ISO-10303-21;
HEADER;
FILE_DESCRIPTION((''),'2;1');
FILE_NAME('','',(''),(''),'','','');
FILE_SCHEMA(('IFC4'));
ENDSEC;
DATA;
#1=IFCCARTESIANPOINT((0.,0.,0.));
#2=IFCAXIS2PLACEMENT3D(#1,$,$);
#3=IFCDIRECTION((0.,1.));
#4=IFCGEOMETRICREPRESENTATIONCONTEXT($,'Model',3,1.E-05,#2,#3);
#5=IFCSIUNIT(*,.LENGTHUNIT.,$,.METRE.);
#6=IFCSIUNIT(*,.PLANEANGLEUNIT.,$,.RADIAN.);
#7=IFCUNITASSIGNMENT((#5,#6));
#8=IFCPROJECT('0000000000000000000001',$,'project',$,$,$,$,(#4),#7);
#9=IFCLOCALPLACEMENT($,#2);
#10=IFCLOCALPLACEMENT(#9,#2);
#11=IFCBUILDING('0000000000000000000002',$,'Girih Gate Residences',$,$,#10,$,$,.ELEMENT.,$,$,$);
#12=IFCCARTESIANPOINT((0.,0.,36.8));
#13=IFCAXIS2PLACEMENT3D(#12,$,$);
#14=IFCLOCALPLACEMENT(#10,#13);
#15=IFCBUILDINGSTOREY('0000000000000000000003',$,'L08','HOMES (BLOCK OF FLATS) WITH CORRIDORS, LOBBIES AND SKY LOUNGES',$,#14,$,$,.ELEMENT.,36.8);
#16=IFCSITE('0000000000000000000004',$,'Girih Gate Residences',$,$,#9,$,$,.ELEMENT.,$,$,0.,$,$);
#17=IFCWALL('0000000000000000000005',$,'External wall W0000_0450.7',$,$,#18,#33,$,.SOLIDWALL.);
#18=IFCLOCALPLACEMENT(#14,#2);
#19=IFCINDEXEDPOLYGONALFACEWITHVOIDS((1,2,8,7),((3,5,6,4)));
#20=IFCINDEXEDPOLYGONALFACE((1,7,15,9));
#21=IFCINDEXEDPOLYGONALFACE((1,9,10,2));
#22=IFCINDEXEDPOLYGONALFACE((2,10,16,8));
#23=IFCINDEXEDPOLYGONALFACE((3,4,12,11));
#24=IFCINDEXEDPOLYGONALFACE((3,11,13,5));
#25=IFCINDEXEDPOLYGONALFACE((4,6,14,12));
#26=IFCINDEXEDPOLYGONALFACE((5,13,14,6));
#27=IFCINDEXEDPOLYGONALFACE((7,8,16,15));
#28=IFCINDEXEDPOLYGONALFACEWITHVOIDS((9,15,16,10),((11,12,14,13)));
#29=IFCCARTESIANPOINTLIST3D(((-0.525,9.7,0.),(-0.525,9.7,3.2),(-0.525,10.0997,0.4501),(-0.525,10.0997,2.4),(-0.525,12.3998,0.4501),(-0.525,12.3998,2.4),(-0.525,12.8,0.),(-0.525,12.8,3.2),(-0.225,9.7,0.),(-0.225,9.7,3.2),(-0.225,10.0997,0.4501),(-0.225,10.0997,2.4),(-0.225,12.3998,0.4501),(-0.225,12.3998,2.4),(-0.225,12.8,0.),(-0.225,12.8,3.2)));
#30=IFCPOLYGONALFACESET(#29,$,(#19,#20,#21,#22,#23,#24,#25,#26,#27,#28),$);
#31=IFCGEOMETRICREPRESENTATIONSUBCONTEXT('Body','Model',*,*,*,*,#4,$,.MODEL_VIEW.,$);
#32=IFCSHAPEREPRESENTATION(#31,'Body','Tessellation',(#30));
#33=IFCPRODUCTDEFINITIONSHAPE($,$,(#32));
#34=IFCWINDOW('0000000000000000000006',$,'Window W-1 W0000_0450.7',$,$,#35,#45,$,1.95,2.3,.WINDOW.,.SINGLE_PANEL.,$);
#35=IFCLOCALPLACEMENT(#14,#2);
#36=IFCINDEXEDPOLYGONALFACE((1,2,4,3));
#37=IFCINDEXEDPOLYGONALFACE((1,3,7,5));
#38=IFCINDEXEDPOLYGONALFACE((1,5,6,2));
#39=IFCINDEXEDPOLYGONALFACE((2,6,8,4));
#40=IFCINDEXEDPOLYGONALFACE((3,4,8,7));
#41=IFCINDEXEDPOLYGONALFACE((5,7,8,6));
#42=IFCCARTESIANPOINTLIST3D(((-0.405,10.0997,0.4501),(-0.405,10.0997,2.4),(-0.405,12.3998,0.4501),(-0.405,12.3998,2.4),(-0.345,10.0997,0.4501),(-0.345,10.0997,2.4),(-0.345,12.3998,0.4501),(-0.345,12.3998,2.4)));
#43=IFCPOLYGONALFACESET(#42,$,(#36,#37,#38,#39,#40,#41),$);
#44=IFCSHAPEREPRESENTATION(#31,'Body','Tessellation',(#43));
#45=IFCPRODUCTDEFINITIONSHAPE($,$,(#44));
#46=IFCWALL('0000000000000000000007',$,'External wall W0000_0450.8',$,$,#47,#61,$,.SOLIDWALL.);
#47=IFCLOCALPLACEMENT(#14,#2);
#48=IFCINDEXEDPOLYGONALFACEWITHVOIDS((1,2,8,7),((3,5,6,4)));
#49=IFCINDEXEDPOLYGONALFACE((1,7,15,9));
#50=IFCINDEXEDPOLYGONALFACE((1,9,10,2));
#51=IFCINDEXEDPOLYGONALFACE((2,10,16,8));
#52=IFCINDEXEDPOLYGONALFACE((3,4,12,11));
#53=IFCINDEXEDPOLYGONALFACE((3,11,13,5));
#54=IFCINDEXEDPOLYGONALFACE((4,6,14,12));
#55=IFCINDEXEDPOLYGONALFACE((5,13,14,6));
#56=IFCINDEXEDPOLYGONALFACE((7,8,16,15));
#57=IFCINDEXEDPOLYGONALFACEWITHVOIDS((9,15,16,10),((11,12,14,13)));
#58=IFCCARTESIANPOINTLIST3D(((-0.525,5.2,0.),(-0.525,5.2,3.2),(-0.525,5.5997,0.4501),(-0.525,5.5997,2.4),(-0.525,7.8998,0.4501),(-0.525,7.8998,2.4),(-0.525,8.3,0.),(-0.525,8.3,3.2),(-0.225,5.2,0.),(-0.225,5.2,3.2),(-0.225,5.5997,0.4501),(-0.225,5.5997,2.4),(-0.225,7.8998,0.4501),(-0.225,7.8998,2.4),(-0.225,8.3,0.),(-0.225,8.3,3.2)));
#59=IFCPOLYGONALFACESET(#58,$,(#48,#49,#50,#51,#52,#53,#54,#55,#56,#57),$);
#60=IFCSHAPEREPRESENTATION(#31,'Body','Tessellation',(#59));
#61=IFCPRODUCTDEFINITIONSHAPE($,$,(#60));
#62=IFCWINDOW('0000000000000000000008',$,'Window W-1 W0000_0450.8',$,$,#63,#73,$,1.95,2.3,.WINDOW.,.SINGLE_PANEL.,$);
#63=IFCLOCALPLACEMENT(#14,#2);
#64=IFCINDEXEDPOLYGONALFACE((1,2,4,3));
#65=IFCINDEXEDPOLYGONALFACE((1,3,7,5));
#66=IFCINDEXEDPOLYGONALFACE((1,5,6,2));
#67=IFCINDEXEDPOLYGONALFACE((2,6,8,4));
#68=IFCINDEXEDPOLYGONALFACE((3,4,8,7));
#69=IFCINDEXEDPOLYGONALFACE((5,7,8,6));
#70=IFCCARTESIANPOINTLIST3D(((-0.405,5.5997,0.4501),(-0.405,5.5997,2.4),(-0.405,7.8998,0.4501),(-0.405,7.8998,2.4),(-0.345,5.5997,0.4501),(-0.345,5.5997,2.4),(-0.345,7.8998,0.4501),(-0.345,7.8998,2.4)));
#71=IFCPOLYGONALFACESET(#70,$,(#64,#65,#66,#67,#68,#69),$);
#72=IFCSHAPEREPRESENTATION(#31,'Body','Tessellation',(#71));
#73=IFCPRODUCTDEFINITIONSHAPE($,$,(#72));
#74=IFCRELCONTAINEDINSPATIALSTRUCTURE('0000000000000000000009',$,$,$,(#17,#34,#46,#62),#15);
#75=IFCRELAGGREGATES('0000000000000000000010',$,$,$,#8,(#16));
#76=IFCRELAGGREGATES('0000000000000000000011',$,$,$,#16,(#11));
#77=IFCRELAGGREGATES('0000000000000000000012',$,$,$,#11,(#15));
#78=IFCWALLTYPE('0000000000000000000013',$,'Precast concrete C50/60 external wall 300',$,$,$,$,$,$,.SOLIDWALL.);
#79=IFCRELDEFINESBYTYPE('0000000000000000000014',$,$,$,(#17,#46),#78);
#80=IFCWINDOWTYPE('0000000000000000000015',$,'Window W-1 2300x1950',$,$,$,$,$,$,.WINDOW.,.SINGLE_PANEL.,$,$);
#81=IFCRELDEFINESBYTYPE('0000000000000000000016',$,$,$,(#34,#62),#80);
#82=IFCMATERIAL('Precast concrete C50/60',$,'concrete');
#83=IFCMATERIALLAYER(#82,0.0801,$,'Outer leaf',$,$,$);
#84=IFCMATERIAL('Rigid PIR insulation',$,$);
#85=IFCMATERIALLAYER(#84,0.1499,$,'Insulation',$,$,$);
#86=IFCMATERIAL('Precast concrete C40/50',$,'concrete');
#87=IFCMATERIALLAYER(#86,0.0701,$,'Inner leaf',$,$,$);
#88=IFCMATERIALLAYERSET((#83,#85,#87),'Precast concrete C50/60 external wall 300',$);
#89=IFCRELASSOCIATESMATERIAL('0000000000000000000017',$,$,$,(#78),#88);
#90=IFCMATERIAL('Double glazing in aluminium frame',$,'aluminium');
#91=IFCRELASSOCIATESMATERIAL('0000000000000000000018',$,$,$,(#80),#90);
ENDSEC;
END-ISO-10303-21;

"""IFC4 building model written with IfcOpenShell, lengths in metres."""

from ifc_helpers import new_model, si_unit, direction, frame, frame_2d, origin, place, context, subcontext, project, spatial, rectangle, extrude, material, layer, layer_set, type_object, element, fill, save


model = new_model("IFC4")

# Units and contexts
model_context = context("Model", 3, precision=1e-05, world=origin(), true_north=direction((0.0, 1.0)))
body_context = subcontext(model_context, "Body", "Model", "MODEL_VIEW")
ifc_project = project(units=[si_unit("LENGTHUNIT", "METRE"), si_unit("PLANEANGLEUNIT", "RADIAN")], contexts=[model_context])

# Site, building, storey
site_placement = place(None, origin())
site = spatial("IfcSite", under=ifc_project, at=site_placement, Name="Girih Gate Residences", CompositionType="ELEMENT", RefElevation=0.0)
building_placement = place(site_placement, origin())
building = spatial("IfcBuilding", under=site, at=building_placement, Name="Girih Gate Residences", CompositionType="ELEMENT")
storey_placement = place(building_placement, frame((0.0, 0.0, 36.8)))
storey = spatial("IfcBuildingStorey", under=building, at=storey_placement, Name="L08", Description="HOMES (BLOCK OF FLATS) WITH CORRIDORS, LOBBIES AND SKY LOUNGES", CompositionType="ELEMENT", Elevation=36.8)

# Walls, openings, windows
ifc_material_1 = material(Name="Precast concrete C50/60", Category="concrete")
ifc_layer_1 = layer(ifc_material_1, 0.0801, Name="Outer leaf")
ifc_material_2 = material(Name="Rigid PIR insulation")
ifc_layer_2 = layer(ifc_material_2, 0.1499, Name="Insulation")
ifc_material_3 = material(Name="Precast concrete C40/50", Category="concrete")
ifc_layer_3 = layer(ifc_material_3, 0.0701, Name="Inner leaf")
ifc_layer_set_1 = layer_set([ifc_layer_1, ifc_layer_2, ifc_layer_3], Name="Precast concrete C50/60 external wall 300")
wall_type_1 = type_object("IfcWallType", Name="Precast concrete C50/60 external wall 300", PredefinedType="SOLIDWALL", material=ifc_layer_set_1)
ifc_material_4 = material(Name="Double glazing in aluminium frame", Category="aluminium")
window_type = type_object("IfcWindowType", Name="Window W-1 2300x1950", PartitioningType="SINGLE_PANEL", PredefinedType="WINDOW", material=ifc_material_4)
wall_1_placement = place(storey_placement, frame((-0.375, 9.7, 0.0), z_axis=(0.0, 0.0, 1.0), x_axis=(0.0, 1.0, 0.0)))
wall_1 = element("IfcWall", 1, at=wall_1_placement, inside=storey, type_object=wall_type_1, Name="External wall W0000_0450.7", PredefinedType="SOLIDWALL", context=body_context, shape_type="SweptSolid", body=[
    extrude(rectangle(XDim=3.1001, YDim=0.3, at=frame_2d((1.55, 0.0))), origin(), (0.0, 0.0, 1.0), 3.2),
])
opening_1_placement = place(wall_1_placement, frame((0.3999, 0.0, 0.45)))
opening_1 = element("IfcOpeningElement", 2, at=opening_1_placement, cuts=wall_1, PredefinedType="OPENING", context=body_context, shape_type="SweptSolid", body=[
    extrude(rectangle(XDim=2.3, YDim=1.95, at=frame_2d((1.1499, 0.9751))), frame((0.0, 0.1599, 0.0), z_axis=(0.0, -1.0, 0.0), x_axis=(1.0, 0.0, 0.0)), (0.0, 0.0, 1.0), 0.3201),
])
window_1_placement = place(opening_1_placement, origin())
window_1 = element("IfcWindow", 3, at=window_1_placement, inside=storey, type_object=window_type, Name="Window W-1 W0000_0450.7", OverallHeight=1.95, OverallWidth=2.3, PartitioningType="SINGLE_PANEL", PredefinedType="WINDOW", context=body_context, shape_type="SweptSolid", body=[
    extrude(rectangle(XDim=2.3, YDim=1.95, at=frame_2d((1.1499, 0.9751))), frame((0.0, 0.03, 0.0), z_axis=(0.0, -1.0, 0.0), x_axis=(1.0, 0.0, 0.0)), (0.0, 0.0, 1.0), 0.0601),
])
fill(opening_1, window_1)
wall_2_placement = place(storey_placement, frame((-0.375, 5.2, 0.0), z_axis=(0.0, 0.0, 1.0), x_axis=(0.0, 1.0, 0.0)))
wall_2 = element("IfcWall", 4, at=wall_2_placement, inside=storey, type_object=wall_type_1, Name="External wall W0000_0450.8", PredefinedType="SOLIDWALL", context=body_context, shape_type="SweptSolid", body=[
    extrude(rectangle(XDim=3.1001, YDim=0.3, at=frame_2d((1.55, 0.0))), origin(), (0.0, 0.0, 1.0), 3.2),
])
opening_2_placement = place(wall_2_placement, frame((0.3999, 0.0, 0.45)))
opening_2 = element("IfcOpeningElement", 5, at=opening_2_placement, cuts=wall_2, PredefinedType="OPENING", context=body_context, shape_type="SweptSolid", body=[
    extrude(rectangle(XDim=2.3, YDim=1.95, at=frame_2d((1.1499, 0.9751))), frame((0.0, 0.1599, 0.0), z_axis=(0.0, -1.0, 0.0), x_axis=(1.0, 0.0, 0.0)), (0.0, 0.0, 1.0), 0.3201),
])
window_2_placement = place(opening_2_placement, origin())
window_2 = element("IfcWindow", 6, at=window_2_placement, inside=storey, type_object=window_type, Name="Window W-1 W0000_0450.8", OverallHeight=1.95, OverallWidth=2.3, PartitioningType="SINGLE_PANEL", PredefinedType="WINDOW", context=body_context, shape_type="SweptSolid", body=[
    extrude(rectangle(XDim=2.3, YDim=1.95, at=frame_2d((1.1499, 0.9751))), frame((0.0, 0.03, 0.0), z_axis=(0.0, -1.0, 0.0), x_axis=(1.0, 0.0, 0.0)), (0.0, 0.0, 1.0), 0.0601),
])
fill(opening_2, window_2)

save(model, "model.ifc")
